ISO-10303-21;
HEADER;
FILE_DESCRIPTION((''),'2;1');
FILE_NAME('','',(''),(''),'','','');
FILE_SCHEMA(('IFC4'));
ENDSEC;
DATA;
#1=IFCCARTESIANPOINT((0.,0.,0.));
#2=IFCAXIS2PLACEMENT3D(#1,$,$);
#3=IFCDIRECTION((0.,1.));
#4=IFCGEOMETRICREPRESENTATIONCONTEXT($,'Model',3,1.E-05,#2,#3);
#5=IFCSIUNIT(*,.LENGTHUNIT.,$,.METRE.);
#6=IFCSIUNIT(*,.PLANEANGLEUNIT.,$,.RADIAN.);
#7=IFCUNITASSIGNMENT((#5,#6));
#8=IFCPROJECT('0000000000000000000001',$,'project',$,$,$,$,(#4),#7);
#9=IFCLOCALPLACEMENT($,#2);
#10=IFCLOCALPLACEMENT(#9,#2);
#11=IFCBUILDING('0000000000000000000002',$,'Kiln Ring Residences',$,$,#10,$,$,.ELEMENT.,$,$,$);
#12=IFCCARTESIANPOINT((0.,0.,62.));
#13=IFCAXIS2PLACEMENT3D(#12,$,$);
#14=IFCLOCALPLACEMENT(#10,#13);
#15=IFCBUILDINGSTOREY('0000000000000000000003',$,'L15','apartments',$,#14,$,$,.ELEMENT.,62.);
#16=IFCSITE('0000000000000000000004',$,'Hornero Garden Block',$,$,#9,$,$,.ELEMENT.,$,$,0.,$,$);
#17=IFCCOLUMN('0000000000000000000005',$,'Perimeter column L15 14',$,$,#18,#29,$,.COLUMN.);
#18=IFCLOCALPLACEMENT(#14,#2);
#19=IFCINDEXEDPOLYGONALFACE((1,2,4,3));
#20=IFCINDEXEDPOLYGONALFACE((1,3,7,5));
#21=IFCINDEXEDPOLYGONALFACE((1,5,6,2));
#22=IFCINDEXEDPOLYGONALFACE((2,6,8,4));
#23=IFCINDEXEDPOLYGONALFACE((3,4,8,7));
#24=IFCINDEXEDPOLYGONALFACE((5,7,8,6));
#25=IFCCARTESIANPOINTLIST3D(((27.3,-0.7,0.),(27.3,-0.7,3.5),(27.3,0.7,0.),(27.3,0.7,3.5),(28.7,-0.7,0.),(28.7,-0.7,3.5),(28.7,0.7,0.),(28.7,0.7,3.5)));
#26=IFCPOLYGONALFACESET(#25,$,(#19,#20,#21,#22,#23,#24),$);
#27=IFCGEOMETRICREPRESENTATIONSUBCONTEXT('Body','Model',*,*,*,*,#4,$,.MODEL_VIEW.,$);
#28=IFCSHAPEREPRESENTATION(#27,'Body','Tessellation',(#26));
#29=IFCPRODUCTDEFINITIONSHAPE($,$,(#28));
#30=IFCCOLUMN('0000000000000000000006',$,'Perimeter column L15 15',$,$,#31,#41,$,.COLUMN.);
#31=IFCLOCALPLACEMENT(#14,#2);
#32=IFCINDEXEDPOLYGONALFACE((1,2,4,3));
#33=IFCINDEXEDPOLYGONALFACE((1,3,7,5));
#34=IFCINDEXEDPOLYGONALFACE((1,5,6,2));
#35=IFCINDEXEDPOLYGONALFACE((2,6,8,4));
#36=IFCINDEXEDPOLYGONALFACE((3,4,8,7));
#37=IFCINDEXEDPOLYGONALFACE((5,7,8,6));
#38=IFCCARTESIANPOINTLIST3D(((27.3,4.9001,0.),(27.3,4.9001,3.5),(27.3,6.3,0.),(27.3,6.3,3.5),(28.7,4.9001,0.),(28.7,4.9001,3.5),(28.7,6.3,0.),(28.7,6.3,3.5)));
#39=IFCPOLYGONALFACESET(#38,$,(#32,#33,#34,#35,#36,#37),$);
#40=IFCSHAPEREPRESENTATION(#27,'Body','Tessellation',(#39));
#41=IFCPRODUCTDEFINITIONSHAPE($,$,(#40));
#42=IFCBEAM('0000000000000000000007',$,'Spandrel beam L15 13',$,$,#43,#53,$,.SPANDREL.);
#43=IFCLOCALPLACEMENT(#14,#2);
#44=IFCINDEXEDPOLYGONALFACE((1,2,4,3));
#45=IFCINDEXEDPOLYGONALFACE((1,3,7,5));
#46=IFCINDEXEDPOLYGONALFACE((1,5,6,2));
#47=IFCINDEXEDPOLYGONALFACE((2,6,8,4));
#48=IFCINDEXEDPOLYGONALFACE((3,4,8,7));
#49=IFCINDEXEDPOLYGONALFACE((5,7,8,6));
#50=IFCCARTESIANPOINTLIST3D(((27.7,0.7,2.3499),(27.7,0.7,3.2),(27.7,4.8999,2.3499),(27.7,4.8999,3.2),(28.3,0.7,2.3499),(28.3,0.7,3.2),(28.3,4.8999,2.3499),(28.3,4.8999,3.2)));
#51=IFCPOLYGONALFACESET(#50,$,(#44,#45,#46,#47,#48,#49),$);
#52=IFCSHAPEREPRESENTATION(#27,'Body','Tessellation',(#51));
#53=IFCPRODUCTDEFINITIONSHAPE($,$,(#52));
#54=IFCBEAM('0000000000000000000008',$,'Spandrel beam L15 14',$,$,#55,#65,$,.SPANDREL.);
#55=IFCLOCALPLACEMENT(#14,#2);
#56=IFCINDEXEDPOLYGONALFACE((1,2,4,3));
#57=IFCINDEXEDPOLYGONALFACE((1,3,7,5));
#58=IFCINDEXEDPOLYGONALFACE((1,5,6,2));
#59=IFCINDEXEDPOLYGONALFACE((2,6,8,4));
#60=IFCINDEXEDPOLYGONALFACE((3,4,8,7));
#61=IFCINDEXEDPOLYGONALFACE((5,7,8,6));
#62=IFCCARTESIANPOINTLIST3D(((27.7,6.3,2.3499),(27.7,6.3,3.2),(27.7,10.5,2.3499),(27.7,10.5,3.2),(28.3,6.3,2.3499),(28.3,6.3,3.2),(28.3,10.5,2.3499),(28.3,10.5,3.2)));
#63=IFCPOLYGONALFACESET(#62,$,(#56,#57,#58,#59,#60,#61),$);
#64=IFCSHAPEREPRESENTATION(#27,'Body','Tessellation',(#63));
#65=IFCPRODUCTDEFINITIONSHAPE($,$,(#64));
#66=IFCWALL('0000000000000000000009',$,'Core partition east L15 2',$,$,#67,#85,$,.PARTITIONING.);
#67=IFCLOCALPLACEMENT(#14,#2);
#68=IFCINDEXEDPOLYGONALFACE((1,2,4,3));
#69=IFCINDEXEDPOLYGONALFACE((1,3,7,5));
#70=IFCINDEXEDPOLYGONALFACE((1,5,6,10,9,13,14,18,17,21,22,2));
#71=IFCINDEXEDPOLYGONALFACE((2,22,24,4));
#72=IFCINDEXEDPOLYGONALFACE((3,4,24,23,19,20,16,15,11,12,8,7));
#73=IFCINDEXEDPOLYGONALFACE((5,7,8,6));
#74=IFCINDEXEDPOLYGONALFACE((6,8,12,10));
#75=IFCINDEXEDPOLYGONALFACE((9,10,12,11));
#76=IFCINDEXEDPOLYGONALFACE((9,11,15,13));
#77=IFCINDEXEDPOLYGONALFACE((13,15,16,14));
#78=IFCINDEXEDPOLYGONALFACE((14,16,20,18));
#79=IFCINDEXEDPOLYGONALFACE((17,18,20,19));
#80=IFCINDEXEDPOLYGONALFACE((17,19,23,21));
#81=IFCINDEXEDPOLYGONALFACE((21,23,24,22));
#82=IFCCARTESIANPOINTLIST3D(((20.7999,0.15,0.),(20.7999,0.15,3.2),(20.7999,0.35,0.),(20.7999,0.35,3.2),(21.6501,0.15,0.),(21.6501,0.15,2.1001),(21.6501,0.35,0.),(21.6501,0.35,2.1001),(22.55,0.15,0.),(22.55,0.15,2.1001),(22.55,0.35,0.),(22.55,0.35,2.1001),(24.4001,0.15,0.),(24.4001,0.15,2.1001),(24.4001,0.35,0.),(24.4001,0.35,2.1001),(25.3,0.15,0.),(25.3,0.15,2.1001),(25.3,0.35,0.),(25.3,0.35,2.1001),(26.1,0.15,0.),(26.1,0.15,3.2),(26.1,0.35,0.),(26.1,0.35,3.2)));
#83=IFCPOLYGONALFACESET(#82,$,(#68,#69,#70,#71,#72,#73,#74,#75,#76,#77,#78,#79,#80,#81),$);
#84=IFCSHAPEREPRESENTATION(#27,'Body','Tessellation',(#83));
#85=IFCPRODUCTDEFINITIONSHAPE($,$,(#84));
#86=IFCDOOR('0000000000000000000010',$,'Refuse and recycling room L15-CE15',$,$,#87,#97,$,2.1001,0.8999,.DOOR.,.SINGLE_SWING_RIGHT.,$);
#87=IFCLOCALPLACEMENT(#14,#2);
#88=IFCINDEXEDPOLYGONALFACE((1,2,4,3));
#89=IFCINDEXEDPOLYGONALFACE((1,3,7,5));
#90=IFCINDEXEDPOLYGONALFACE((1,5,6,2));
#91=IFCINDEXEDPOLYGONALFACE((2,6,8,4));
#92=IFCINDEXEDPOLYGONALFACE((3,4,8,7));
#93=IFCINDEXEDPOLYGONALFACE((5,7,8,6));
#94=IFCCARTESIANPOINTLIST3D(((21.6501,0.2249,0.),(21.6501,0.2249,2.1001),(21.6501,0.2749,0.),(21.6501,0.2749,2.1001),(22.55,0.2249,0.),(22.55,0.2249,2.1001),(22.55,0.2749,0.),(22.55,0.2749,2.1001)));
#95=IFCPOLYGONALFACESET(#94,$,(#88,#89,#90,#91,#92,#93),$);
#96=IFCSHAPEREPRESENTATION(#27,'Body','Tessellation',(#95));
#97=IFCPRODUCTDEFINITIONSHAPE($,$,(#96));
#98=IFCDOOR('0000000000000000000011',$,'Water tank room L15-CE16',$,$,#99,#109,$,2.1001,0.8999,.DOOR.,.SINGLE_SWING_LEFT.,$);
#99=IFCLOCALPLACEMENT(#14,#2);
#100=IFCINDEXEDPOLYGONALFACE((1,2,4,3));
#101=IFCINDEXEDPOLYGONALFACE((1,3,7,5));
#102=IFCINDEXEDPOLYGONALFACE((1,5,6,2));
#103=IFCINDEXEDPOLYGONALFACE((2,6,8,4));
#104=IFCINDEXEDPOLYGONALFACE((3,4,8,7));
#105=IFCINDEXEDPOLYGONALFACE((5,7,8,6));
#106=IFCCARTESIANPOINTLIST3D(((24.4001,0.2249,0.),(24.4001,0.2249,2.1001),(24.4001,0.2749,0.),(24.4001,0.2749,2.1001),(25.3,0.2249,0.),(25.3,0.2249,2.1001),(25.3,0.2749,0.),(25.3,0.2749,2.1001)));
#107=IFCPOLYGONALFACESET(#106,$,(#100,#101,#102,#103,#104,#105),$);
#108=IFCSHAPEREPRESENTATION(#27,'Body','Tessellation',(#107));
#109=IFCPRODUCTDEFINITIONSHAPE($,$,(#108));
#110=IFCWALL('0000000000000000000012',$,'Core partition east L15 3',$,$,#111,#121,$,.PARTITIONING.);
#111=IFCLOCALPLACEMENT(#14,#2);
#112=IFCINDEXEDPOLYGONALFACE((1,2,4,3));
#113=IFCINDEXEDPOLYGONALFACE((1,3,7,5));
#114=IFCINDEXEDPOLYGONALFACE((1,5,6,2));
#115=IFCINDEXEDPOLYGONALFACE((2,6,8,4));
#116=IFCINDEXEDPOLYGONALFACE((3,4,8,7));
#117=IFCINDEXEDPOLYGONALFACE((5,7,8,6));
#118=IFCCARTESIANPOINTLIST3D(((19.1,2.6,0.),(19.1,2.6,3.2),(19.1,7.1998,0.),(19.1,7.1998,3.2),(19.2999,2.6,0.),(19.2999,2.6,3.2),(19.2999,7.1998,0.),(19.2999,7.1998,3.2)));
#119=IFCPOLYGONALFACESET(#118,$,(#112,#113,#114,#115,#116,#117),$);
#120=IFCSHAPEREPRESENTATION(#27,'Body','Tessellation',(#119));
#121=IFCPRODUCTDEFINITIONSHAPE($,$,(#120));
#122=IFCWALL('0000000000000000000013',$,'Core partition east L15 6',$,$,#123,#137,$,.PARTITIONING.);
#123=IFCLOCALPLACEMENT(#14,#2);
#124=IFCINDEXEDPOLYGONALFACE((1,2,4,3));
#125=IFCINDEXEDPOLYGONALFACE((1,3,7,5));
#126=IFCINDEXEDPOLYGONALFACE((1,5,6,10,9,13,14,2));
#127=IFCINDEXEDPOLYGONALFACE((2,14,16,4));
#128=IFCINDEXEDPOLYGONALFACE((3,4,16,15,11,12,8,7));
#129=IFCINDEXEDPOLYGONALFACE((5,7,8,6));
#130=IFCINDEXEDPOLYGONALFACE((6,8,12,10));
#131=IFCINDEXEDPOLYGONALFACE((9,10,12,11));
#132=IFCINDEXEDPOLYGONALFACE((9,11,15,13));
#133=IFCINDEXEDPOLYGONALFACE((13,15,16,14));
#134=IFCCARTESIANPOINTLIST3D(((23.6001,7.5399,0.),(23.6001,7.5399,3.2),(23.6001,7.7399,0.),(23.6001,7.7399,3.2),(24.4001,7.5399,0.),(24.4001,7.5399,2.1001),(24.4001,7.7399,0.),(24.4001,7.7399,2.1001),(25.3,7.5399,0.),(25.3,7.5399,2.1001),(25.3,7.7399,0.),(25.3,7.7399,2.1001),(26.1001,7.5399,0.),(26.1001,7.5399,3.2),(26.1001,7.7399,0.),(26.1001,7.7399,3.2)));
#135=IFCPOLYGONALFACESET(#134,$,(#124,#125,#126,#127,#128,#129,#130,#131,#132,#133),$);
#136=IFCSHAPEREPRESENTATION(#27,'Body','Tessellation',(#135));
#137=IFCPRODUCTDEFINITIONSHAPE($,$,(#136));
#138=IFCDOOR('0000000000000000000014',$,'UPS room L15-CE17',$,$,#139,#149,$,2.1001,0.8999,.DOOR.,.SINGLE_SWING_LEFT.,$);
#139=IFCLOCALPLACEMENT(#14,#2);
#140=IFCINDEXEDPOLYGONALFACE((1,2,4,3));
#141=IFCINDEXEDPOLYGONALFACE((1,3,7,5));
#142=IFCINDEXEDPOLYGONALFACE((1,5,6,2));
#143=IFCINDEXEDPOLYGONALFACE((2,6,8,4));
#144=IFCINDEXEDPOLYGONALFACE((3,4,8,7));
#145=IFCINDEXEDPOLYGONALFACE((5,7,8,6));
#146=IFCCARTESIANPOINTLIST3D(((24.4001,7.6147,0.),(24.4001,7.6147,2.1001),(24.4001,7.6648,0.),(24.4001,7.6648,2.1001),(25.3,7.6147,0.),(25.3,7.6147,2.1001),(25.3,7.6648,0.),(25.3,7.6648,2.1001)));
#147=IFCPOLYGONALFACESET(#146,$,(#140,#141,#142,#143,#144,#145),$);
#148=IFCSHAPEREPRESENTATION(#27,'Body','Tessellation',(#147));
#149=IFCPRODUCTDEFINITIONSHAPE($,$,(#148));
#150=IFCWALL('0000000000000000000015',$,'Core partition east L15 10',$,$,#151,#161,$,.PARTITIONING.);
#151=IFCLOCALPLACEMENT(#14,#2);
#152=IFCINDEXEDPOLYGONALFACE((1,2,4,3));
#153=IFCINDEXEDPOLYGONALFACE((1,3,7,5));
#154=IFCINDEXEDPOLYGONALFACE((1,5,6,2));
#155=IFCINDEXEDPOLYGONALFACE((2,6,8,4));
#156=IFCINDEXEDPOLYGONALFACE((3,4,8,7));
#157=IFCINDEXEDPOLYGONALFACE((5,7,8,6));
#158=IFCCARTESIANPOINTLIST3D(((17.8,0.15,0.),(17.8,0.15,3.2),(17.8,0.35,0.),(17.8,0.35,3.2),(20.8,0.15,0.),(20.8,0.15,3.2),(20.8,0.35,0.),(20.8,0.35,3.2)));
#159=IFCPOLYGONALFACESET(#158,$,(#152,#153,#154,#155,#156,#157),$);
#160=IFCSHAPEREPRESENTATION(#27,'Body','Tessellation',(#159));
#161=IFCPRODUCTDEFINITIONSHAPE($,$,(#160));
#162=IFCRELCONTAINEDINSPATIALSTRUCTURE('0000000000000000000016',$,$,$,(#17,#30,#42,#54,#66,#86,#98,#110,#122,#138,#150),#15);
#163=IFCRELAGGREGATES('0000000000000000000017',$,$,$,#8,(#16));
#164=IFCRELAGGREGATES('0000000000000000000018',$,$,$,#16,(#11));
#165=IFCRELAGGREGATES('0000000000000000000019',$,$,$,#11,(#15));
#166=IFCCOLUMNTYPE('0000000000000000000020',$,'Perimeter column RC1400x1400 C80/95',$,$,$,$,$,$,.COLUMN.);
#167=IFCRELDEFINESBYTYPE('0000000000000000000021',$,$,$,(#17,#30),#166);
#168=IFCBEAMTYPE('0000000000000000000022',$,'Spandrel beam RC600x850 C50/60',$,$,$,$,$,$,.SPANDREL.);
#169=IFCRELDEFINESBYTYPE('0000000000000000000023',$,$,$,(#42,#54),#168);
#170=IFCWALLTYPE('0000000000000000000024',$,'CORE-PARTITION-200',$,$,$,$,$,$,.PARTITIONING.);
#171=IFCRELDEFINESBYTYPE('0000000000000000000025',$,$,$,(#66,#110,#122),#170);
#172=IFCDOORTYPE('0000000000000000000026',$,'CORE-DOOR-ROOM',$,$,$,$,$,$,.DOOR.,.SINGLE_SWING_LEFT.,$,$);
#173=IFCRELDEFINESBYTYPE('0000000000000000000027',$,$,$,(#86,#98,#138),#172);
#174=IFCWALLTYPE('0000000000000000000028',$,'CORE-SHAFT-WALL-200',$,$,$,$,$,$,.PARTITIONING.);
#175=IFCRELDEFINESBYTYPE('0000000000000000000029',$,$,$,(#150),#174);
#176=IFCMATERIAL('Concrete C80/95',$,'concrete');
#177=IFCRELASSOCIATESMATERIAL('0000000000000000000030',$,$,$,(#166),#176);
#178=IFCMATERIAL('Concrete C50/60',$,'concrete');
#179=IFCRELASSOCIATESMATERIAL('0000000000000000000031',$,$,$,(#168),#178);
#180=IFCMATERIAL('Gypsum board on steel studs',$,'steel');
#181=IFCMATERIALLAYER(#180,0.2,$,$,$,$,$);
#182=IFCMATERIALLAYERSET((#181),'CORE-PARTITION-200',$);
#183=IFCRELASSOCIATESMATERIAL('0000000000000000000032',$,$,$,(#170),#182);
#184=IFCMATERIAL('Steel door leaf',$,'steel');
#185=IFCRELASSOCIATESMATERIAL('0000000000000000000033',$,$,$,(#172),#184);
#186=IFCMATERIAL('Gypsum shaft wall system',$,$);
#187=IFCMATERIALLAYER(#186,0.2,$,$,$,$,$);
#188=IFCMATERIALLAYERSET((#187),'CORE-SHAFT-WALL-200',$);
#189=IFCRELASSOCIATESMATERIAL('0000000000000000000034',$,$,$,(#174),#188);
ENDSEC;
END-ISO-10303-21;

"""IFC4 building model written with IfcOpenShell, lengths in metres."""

from ifc_helpers import new_model, si_unit, direction, frame, frame_2d, origin, origin_2d, place, context, subcontext, project, spatial, rectangle, extrude, material, layer, layer_set, material_profile, profile_set, type_object, element, fill, save


model = new_model("IFC4")

# Units and contexts
model_context = context("Model", 3, precision=1e-05, world=origin(), true_north=direction((0.0, 1.0)))
body_context = subcontext(model_context, "Body", "Model", "MODEL_VIEW")
ifc_project = project(units=[si_unit("LENGTHUNIT", "METRE"), si_unit("PLANEANGLEUNIT", "RADIAN")], contexts=[model_context])

# Site, building, storey
site_placement = place(None, origin())
site = spatial("IfcSite", under=ifc_project, at=site_placement, Name="Hornero Garden Block", CompositionType="ELEMENT", RefElevation=0.0)
building_placement = place(site_placement, origin())
building = spatial("IfcBuilding", under=site, at=building_placement, Name="Kiln Ring Residences", CompositionType="ELEMENT")
storey_placement = place(building_placement, frame((0.0, 0.0, 62.0)))
storey = spatial("IfcBuildingStorey", under=building, at=storey_placement, Name="L15", Description="apartments", CompositionType="ELEMENT", Elevation=62.0)

# Columns
ifc_material_1 = material(Name="Concrete C80/95", Category="concrete")
ifc_material_profile_1 = material_profile(ifc_material_1, rectangle(XDim=1.3999, YDim=1.3999, at=origin_2d()), Name="RC1400x1400")
ifc_profile_set_1 = profile_set([ifc_material_profile_1], Name="Concrete C80/95")
column_type = type_object("IfcColumnType", Name="Perimeter column RC1400x1400 C80/95", PredefinedType="COLUMN", material=ifc_profile_set_1)
for number, where, z_axis, x_axis, name in (
    (1, (28.0, 0.0, 0.0), (0.0, 0.0, 1.0), (1.0, 0.0, 0.0), "Perimeter column L15 14"),
    (2, (28.0, 5.6001, 0.0), (0.0, 0.0, 1.0), (1.0, 0.0, 0.0), "Perimeter column L15 15"),
):
    element("IfcColumn", number, at=place(storey_placement, frame(where, z_axis=z_axis, x_axis=x_axis)), inside=storey, type_object=column_type, Name=name, PredefinedType="COLUMN", context=body_context, shape_type="SweptSolid", body=[
        extrude(rectangle(XDim=1.3999, YDim=1.3999, at=origin_2d()), origin(), (0.0, 0.0, 1.0), 3.5),
    ])

# Beams
ifc_material_2 = material(Name="Concrete C50/60", Category="concrete")
ifc_material_profile_2 = material_profile(ifc_material_2, rectangle(XDim=0.6001, YDim=0.8501, at=origin_2d()), Name="RC600x850")
ifc_profile_set_2 = profile_set([ifc_material_profile_2], Name="Concrete C50/60")
beam_type = type_object("IfcBeamType", Name="Spandrel beam RC600x850 C50/60", PredefinedType="SPANDREL", material=ifc_profile_set_2)
for number, where, z_axis, x_axis, name in (
    (3, (28.0, 0.7, 2.7749), (0.0, 1.0, 0.0), (-1.0, 0.0, 0.0), "Spandrel beam L15 13"),
    (4, (28.0, 6.3, 2.7749), (0.0, 1.0, 0.0), (-1.0, 0.0, 0.0), "Spandrel beam L15 14"),
):
    element("IfcBeam", number, at=place(storey_placement, frame(where, z_axis=z_axis, x_axis=x_axis)), inside=storey, type_object=beam_type, Name=name, PredefinedType="SPANDREL", context=body_context, shape_type="SweptSolid", body=[
        extrude(rectangle(XDim=0.6001, YDim=0.8501, at=origin_2d()), origin(), (0.0, 0.0, 1.0), 4.2),
    ])

# Wall, openings, doors
ifc_material_3 = material(Name="Gypsum board on steel studs", Category="steel")
ifc_layer_1 = layer(ifc_material_3, 0.2)
ifc_layer_set_1 = layer_set([ifc_layer_1], Name="CORE-PARTITION-200")
wall_type_1 = type_object("IfcWallType", Name="CORE-PARTITION-200", PredefinedType="PARTITIONING", material=ifc_layer_set_1)
wall_1_placement = place(storey_placement, frame((20.8, 0.25, 0.0), z_axis=(0.0, 0.0, 1.0), x_axis=(1.0, 0.0, 0.0)))
wall_1 = element("IfcWall", 5, at=wall_1_placement, inside=storey, type_object=wall_type_1, Name="Core partition east L15 2", PredefinedType="PARTITIONING", context=body_context, shape_type="SweptSolid", body=[
    extrude(rectangle(XDim=5.3, YDim=0.2, at=frame_2d((2.6499, 0.0))), origin(), (0.0, 0.0, 1.0), 3.2),
])
opening_1_placement = place(wall_1_placement, frame((0.8501, 0.0, 0.0)))
opening_1 = element("IfcOpeningElement", 6, at=opening_1_placement, cuts=wall_1, PredefinedType="OPENING", context=body_context, shape_type="SweptSolid", body=[
    extrude(rectangle(XDim=0.8999, YDim=2.1001, at=frame_2d((0.45, 1.05))), frame((0.0, 0.1099, 0.0), z_axis=(0.0, -1.0, 0.0), x_axis=(1.0, 0.0, 0.0)), (0.0, 0.0, 1.0), 0.22),
])
opening_2_placement = place(wall_1_placement, frame((3.6001, 0.0, 0.0)))
opening_2 = element("IfcOpeningElement", 7, at=opening_2_placement, cuts=wall_1, PredefinedType="OPENING", context=body_context, shape_type="SweptSolid", body=[
    extrude(rectangle(XDim=0.8999, YDim=2.1001, at=frame_2d((0.45, 1.05))), frame((0.0, 0.1099, 0.0), z_axis=(0.0, -1.0, 0.0), x_axis=(1.0, 0.0, 0.0)), (0.0, 0.0, 1.0), 0.22),
])
ifc_material_4 = material(Name="Steel door leaf", Category="steel")
door_type = type_object("IfcDoorType", Name="CORE-DOOR-ROOM", OperationType="SINGLE_SWING_LEFT", PredefinedType="DOOR", material=ifc_material_4)
door_1_placement = place(opening_1_placement, origin())
door_1 = element("IfcDoor", 8, at=door_1_placement, inside=storey, type_object=door_type, Name="Refuse and recycling room L15-CE15", OperationType="SINGLE_SWING_RIGHT", OverallHeight=2.1001, OverallWidth=0.8999, PredefinedType="DOOR", context=body_context, shape_type="SweptSolid", body=[
    extrude(rectangle(XDim=0.8999, YDim=2.1001, at=frame_2d((0.45, 1.05))), frame((0.0, 0.0249, 0.0), z_axis=(0.0, -1.0, 0.0), x_axis=(1.0, 0.0, 0.0)), (0.0, 0.0, 1.0), 0.05),
])
fill(opening_1, door_1)
door_2_placement = place(opening_2_placement, origin())
door_2 = element("IfcDoor", 9, at=door_2_placement, inside=storey, type_object=door_type, Name="Water tank room L15-CE16", OperationType="SINGLE_SWING_LEFT", OverallHeight=2.1001, OverallWidth=0.8999, PredefinedType="DOOR", context=body_context, shape_type="SweptSolid", body=[
    extrude(rectangle(XDim=0.8999, YDim=2.1001, at=frame_2d((0.45, 1.05))), frame((0.0, 0.0249, 0.0), z_axis=(0.0, -1.0, 0.0), x_axis=(1.0, 0.0, 0.0)), (0.0, 0.0, 1.0), 0.05),
])
fill(opening_2, door_2)

# Wall
wall_2_placement = place(storey_placement, frame((19.2, 2.6001, 0.0), z_axis=(0.0, 0.0, 1.0), x_axis=(0.0, 1.0, 0.0)))
element("IfcWall", 10, at=wall_2_placement, inside=storey, type_object=wall_type_1, Name="Core partition east L15 3", PredefinedType="PARTITIONING", context=body_context, shape_type="SweptSolid", body=[
    extrude(rectangle(XDim=4.5999, YDim=0.2, at=frame_2d((2.2998, 0.0))), origin(), (0.0, 0.0, 1.0), 3.2),
])

# Wall, opening, door
wall_3_placement = place(storey_placement, frame((23.6001, 7.6399, 0.0), z_axis=(0.0, 0.0, 1.0), x_axis=(1.0, 0.0, 0.0)))
wall_3 = element("IfcWall", 11, at=wall_3_placement, inside=storey, type_object=wall_type_1, Name="Core partition east L15 6", PredefinedType="PARTITIONING", context=body_context, shape_type="SweptSolid", body=[
    extrude(rectangle(XDim=2.5, YDim=0.2, at=frame_2d((1.25, 0.0))), origin(), (0.0, 0.0, 1.0), 3.2),
])
opening_3_placement = place(wall_3_placement, frame((0.8, 0.0, 0.0)))
opening_3 = element("IfcOpeningElement", 12, at=opening_3_placement, cuts=wall_3, PredefinedType="OPENING", context=body_context, shape_type="SweptSolid", body=[
    extrude(rectangle(XDim=0.8999, YDim=2.1001, at=frame_2d((0.45, 1.05))), frame((0.0, 0.1099, 0.0), z_axis=(0.0, -1.0, 0.0), x_axis=(1.0, 0.0, 0.0)), (0.0, 0.0, 1.0), 0.22),
])
door_3_placement = place(opening_3_placement, origin())
door_3 = element("IfcDoor", 13, at=door_3_placement, inside=storey, type_object=door_type, Name="UPS room L15-CE17", OperationType="SINGLE_SWING_LEFT", OverallHeight=2.1001, OverallWidth=0.8999, PredefinedType="DOOR", context=body_context, shape_type="SweptSolid", body=[
    extrude(rectangle(XDim=0.8999, YDim=2.1001, at=frame_2d((0.45, 1.05))), frame((0.0, 0.0249, 0.0), z_axis=(0.0, -1.0, 0.0), x_axis=(1.0, 0.0, 0.0)), (0.0, 0.0, 1.0), 0.05),
])
fill(opening_3, door_3)

# Wall
ifc_material_5 = material(Name="Gypsum shaft wall system")
ifc_layer_2 = layer(ifc_material_5, 0.2)
ifc_layer_set_2 = layer_set([ifc_layer_2], Name="CORE-SHAFT-WALL-200")
wall_type_2 = type_object("IfcWallType", Name="CORE-SHAFT-WALL-200", PredefinedType="PARTITIONING", material=ifc_layer_set_2)
wall_4_placement = place(storey_placement, frame((17.8, 0.25, 0.0), z_axis=(0.0, 0.0, 1.0), x_axis=(1.0, 0.0, 0.0)))
element("IfcWall", 14, at=wall_4_placement, inside=storey, type_object=wall_type_2, Name="Core partition east L15 10", PredefinedType="PARTITIONING", context=body_context, shape_type="SweptSolid", body=[
    extrude(rectangle(XDim=3.0, YDim=0.2, at=frame_2d((1.5, 0.0))), origin(), (0.0, 0.0, 1.0), 3.2),
])

save(model, "model.ifc")
